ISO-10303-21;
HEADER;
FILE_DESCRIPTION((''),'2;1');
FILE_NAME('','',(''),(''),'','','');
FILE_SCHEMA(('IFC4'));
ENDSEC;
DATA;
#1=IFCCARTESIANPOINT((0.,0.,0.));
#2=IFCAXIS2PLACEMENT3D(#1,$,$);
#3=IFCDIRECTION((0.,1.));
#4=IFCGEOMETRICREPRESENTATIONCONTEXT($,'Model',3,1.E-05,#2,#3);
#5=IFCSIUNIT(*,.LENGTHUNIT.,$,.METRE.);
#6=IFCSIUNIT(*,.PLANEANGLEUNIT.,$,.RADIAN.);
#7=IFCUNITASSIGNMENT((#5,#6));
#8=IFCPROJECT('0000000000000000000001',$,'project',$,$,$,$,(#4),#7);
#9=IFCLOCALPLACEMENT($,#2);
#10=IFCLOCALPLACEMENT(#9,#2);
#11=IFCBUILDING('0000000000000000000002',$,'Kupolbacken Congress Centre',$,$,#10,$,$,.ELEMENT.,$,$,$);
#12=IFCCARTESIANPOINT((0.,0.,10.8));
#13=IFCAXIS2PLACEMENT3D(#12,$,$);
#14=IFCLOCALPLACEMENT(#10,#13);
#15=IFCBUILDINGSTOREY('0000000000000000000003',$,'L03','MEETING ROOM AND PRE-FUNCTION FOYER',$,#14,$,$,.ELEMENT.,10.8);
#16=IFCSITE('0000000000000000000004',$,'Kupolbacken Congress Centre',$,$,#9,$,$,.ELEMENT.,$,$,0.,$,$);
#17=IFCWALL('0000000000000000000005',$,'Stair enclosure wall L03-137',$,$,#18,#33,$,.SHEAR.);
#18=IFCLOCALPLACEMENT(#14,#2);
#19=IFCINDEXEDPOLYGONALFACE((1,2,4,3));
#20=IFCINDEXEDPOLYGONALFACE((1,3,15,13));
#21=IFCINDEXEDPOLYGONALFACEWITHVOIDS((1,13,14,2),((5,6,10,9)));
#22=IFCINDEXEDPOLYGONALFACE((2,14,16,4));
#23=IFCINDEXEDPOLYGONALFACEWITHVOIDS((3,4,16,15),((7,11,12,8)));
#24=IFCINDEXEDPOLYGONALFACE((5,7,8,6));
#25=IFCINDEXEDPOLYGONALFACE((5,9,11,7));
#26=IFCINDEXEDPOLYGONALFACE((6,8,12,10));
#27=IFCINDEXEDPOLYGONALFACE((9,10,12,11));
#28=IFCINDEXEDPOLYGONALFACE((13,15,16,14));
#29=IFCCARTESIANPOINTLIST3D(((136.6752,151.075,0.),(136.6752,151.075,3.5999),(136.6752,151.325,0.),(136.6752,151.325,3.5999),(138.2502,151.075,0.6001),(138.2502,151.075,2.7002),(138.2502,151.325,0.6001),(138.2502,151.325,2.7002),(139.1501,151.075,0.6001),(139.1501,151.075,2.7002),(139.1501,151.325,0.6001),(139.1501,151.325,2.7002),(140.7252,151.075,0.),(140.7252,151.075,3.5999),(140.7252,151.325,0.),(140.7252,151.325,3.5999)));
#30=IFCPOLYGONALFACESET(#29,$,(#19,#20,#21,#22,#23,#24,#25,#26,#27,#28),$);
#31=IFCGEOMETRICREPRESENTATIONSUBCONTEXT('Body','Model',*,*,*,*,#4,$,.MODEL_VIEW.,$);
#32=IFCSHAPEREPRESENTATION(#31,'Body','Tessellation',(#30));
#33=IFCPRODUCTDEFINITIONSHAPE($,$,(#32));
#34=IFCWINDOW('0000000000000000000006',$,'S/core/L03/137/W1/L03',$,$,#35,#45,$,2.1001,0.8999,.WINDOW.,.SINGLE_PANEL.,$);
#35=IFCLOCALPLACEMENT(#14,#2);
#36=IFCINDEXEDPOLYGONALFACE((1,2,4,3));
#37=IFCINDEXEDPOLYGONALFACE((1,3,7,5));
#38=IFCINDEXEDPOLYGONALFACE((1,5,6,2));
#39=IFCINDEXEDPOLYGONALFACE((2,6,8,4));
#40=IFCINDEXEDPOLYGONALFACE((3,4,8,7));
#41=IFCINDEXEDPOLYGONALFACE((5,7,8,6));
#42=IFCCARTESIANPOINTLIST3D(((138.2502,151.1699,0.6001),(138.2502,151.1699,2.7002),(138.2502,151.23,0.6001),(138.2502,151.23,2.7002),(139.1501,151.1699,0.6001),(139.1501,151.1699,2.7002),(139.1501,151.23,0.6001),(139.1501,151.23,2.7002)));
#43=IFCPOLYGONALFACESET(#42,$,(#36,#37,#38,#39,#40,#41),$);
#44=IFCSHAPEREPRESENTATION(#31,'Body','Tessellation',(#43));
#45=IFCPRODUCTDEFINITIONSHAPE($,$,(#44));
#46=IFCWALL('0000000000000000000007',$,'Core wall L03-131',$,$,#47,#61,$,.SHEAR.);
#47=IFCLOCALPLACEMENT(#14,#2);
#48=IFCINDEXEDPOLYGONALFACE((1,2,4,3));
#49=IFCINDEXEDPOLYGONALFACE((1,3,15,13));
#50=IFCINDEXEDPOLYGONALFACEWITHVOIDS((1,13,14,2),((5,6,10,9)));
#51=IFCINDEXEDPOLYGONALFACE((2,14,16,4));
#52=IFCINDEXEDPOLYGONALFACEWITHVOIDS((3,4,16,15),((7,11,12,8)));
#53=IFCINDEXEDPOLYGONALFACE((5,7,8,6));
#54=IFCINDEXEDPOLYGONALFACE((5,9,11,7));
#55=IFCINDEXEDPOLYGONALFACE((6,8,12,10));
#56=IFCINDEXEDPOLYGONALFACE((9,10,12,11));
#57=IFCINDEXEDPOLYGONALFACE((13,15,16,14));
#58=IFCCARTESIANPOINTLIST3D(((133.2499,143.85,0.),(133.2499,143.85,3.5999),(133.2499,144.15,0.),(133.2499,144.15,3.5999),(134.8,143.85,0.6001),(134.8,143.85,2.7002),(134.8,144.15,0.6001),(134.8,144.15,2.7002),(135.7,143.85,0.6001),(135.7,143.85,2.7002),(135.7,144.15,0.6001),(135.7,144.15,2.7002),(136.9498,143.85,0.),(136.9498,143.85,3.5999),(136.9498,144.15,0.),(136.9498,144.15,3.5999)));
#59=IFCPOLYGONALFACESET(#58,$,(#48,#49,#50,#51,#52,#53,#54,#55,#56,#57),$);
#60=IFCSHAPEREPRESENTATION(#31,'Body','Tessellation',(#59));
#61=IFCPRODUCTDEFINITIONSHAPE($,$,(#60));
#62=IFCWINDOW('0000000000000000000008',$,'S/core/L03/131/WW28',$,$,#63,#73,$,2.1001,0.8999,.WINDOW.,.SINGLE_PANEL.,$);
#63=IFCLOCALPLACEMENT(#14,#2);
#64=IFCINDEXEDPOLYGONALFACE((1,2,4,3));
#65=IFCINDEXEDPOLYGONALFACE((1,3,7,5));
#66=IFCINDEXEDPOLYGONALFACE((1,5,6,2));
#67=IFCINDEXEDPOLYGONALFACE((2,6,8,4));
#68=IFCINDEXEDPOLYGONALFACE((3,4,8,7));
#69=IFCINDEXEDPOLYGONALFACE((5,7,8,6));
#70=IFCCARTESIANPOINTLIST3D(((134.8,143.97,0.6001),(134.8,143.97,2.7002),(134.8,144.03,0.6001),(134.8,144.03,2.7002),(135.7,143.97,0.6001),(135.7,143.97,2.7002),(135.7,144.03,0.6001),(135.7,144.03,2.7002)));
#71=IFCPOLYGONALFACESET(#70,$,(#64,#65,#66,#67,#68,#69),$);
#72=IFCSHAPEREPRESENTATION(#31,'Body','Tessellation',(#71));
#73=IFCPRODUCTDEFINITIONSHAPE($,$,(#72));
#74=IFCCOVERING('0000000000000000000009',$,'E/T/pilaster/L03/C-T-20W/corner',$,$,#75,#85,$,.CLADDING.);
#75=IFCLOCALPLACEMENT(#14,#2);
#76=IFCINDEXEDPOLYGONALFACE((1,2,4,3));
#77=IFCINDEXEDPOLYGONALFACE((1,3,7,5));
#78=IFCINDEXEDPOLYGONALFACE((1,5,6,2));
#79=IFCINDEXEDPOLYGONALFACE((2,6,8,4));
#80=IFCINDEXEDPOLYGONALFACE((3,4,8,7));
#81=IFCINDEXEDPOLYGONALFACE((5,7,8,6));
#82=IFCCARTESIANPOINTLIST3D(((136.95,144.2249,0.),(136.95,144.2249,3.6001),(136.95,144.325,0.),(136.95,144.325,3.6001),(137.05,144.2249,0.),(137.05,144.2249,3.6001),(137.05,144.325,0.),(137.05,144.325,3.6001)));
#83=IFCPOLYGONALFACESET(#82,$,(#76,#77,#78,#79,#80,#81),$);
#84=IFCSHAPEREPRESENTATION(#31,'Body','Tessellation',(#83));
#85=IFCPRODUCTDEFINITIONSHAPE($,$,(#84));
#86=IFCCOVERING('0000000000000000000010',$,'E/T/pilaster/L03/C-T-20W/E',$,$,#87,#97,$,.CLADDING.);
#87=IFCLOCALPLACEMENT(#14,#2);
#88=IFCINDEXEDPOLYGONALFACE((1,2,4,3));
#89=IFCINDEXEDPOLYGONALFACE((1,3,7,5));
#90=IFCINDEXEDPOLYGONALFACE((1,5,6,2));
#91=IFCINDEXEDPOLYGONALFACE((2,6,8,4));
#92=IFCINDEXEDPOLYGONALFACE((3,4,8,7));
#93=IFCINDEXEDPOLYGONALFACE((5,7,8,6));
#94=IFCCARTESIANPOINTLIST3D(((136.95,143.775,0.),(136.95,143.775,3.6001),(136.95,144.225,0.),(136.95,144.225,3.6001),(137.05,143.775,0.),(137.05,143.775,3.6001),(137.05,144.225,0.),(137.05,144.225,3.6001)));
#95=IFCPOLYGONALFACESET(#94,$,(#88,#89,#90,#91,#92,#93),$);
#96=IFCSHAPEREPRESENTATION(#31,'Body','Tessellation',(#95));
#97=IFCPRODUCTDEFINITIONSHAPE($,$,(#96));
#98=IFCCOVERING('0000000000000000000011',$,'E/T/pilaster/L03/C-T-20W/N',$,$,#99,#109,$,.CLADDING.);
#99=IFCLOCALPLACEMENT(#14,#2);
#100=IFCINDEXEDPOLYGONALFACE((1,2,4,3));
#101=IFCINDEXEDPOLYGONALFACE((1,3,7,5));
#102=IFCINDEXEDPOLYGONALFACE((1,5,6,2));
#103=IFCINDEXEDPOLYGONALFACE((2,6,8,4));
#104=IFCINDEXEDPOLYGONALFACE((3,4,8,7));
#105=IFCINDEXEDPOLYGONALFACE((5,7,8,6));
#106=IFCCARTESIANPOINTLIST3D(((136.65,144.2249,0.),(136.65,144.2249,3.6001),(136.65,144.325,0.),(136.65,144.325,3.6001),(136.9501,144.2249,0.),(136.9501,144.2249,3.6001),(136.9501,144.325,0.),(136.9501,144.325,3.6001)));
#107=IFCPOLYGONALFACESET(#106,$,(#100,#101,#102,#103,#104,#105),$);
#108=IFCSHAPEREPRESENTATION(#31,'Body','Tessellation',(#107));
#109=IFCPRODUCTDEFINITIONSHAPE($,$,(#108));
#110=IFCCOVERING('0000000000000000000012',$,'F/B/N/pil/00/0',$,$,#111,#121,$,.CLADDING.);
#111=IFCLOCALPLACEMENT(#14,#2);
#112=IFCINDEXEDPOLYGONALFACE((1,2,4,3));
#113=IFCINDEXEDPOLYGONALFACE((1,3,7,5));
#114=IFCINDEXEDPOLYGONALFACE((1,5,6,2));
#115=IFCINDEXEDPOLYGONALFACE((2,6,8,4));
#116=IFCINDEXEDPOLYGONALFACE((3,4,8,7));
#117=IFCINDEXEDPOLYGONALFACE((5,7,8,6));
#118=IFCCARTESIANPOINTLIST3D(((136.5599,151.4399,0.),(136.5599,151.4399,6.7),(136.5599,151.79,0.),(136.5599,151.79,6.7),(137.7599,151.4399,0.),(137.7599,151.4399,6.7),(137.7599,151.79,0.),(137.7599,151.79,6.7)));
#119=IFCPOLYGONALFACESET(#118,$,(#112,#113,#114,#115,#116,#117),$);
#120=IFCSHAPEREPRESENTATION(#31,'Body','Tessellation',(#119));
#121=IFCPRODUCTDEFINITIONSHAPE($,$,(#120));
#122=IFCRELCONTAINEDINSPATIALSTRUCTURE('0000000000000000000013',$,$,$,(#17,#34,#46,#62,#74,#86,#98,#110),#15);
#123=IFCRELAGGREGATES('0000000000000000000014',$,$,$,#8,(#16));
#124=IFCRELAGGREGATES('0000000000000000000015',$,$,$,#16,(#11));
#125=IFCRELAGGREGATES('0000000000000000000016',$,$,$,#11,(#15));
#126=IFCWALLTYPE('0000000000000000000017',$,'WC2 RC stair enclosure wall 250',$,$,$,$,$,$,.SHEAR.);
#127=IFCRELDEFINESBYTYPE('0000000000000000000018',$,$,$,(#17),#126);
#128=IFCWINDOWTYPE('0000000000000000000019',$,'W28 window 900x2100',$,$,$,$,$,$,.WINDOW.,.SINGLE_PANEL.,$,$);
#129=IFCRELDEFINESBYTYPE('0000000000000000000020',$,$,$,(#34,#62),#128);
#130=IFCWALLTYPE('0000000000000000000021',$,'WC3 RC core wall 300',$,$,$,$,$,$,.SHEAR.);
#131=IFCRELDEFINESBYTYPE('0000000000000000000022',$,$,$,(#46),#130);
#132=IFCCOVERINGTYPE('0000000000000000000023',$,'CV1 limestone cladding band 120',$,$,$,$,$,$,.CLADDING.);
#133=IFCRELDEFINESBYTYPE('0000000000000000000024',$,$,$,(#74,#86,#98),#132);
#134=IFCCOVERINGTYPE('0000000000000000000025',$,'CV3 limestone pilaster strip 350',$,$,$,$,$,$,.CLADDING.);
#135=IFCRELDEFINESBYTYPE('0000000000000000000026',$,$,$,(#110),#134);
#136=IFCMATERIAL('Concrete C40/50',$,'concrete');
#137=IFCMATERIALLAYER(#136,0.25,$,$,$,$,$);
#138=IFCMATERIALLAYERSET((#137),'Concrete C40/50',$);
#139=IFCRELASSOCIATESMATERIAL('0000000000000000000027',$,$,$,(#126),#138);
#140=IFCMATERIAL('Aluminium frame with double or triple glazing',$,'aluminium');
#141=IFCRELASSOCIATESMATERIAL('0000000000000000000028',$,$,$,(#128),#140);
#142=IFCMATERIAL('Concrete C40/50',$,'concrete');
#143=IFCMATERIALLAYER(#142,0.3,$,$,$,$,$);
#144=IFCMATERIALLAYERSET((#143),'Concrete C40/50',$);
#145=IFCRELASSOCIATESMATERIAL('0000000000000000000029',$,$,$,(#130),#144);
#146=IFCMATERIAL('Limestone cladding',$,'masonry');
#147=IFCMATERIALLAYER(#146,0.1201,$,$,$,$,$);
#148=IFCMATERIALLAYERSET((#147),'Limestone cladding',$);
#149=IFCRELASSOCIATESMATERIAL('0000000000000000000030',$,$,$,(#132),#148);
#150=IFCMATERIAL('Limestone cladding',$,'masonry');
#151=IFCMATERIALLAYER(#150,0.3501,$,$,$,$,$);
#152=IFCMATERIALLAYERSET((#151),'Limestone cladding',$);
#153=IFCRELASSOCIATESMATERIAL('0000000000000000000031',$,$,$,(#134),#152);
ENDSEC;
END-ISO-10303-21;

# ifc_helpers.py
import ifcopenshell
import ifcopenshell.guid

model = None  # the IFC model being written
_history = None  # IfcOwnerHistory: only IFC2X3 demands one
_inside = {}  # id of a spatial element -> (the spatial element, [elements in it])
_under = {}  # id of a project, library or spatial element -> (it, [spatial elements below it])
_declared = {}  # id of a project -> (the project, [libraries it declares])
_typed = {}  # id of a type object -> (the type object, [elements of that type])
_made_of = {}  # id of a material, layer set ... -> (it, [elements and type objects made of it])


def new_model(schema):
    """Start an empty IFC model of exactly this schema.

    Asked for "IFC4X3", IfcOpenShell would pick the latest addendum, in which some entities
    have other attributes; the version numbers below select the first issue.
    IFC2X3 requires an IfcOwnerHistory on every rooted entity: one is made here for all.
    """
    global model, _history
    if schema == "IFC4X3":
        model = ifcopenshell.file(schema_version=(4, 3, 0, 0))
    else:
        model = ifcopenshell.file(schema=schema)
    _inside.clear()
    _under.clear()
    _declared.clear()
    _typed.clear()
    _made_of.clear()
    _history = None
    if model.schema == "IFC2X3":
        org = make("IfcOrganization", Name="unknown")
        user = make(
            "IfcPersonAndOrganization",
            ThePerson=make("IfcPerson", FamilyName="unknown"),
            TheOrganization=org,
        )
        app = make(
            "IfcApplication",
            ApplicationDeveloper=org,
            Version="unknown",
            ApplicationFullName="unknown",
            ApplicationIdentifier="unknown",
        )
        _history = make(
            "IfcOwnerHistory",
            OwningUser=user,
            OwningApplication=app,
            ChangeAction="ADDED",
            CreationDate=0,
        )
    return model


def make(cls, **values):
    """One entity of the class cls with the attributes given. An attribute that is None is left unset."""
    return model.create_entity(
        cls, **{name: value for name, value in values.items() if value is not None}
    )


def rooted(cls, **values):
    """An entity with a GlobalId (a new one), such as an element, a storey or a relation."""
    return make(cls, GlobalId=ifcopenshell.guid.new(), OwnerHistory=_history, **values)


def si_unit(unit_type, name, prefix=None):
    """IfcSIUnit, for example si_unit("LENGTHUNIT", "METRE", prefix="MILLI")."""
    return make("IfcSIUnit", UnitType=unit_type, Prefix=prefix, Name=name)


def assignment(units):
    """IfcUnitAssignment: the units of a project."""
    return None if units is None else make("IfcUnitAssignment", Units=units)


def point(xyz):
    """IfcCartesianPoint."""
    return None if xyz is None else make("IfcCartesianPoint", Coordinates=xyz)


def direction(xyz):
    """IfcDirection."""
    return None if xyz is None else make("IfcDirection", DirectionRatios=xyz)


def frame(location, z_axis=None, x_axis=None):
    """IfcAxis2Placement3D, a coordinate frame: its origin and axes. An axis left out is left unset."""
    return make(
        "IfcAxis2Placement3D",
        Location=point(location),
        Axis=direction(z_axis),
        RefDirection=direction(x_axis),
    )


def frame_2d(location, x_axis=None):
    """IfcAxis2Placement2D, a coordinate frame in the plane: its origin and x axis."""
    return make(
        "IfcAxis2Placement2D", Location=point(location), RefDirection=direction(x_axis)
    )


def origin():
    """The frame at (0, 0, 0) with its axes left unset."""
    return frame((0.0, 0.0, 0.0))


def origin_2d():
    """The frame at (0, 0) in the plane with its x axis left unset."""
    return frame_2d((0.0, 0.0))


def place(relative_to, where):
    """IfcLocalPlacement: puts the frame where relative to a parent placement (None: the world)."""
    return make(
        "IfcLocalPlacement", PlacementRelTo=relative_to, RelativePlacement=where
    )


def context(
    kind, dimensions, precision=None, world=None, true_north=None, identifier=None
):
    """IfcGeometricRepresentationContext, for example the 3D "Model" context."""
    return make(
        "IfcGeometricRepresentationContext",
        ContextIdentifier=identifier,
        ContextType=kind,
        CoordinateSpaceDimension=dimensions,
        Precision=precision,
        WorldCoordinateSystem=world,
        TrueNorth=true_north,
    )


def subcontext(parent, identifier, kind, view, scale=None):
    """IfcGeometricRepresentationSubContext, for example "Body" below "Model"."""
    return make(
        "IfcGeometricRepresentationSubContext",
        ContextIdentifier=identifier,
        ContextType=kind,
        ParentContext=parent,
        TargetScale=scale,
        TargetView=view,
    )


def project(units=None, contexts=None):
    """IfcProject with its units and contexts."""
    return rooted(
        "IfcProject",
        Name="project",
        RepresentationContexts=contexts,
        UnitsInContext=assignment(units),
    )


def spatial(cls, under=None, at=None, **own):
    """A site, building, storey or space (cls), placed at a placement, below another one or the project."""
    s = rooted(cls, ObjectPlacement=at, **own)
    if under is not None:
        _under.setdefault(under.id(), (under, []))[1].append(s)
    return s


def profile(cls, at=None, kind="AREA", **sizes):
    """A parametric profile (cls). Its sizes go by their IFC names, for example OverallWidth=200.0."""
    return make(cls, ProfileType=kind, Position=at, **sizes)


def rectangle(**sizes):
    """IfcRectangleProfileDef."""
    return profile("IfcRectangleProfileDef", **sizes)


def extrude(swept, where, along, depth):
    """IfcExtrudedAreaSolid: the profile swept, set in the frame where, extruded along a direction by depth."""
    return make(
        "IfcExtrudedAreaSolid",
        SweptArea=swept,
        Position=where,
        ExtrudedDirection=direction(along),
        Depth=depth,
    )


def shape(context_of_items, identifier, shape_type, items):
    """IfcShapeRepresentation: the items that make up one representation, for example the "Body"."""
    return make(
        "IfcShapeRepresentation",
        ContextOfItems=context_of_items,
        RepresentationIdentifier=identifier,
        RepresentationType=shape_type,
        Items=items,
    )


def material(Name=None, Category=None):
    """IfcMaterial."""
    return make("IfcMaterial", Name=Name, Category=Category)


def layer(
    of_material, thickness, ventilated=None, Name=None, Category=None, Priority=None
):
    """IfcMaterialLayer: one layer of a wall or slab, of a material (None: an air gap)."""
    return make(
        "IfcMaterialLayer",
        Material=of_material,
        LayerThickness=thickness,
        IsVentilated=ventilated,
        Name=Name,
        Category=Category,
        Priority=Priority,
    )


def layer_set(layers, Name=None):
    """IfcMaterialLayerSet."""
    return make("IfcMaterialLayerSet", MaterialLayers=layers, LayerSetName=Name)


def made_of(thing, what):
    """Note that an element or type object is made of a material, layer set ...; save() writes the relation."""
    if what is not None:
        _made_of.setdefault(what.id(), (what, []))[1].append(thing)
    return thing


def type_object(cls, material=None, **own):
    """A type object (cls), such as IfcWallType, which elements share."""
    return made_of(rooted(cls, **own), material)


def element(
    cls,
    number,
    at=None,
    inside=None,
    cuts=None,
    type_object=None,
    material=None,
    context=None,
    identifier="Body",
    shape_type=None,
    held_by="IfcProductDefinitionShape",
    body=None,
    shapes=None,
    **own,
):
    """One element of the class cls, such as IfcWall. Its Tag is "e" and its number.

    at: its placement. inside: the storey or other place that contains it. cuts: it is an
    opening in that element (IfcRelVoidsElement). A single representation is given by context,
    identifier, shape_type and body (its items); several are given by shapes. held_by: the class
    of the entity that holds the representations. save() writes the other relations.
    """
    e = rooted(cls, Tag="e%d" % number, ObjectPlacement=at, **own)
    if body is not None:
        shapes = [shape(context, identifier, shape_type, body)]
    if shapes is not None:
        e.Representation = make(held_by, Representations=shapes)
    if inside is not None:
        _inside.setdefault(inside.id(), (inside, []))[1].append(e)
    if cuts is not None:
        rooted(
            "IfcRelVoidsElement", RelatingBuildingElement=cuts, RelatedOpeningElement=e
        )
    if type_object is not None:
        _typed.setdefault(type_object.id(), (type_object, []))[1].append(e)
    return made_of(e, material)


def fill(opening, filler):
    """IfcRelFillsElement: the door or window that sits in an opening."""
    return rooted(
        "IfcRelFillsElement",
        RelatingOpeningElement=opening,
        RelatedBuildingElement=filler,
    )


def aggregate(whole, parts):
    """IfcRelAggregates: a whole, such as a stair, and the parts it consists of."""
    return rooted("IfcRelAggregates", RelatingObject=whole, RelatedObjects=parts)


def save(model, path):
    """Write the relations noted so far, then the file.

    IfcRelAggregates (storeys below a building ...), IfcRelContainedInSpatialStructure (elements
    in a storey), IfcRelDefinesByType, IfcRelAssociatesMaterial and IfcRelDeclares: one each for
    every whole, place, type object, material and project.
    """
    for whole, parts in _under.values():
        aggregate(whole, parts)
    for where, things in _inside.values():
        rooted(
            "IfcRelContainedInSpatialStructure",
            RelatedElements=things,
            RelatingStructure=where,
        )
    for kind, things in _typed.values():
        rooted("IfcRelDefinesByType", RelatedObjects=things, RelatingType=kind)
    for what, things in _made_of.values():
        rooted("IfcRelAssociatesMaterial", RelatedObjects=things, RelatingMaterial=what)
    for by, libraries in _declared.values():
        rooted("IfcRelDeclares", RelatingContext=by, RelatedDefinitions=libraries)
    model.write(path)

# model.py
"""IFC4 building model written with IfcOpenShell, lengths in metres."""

from ifc_helpers import new_model, si_unit, direction, frame, frame_2d, origin, origin_2d, place, context, subcontext, project, spatial, rectangle, extrude, material, layer, layer_set, type_object, element, fill, save


model = new_model("IFC4")

# Units and contexts
model_context = context("Model", 3, precision=1e-05, world=origin(), true_north=direction((0.0, 1.0)))
body_context = subcontext(model_context, "Body", "Model", "MODEL_VIEW")
ifc_project = project(units=[si_unit("LENGTHUNIT", "METRE"), si_unit("PLANEANGLEUNIT", "RADIAN")], contexts=[model_context])

# Site, building, storey
site_placement = place(None, origin())
site = spatial("IfcSite", under=ifc_project, at=site_placement, Name="Kupolbacken Congress Centre", CompositionType="ELEMENT", RefElevation=0.0)
building_placement = place(site_placement, origin())
building = spatial("IfcBuilding", under=site, at=building_placement, Name="Kupolbacken Congress Centre", CompositionType="ELEMENT")
storey_placement = place(building_placement, frame((0.0, 0.0, 10.8)))
storey = spatial("IfcBuildingStorey", under=building, at=storey_placement, Name="L03", Description="MEETING ROOM AND PRE-FUNCTION FOYER", CompositionType="ELEMENT", Elevation=10.8)

# Shared definitions
ifc_material_1 = material(Name="Concrete C40/50", Category="concrete")
ifc_layer_1 = layer(ifc_material_1, 0.25)
ifc_layer_set_1 = layer_set([ifc_layer_1], Name="Concrete C40/50")
wall_type_1 = type_object("IfcWallType", Name="WC2 RC stair enclosure wall 250", PredefinedType="SHEAR", material=ifc_layer_set_1)

# Walls, openings, windows
ifc_material_2 = material(Name="Aluminium frame with double or triple glazing", Category="aluminium")
window_type = type_object("IfcWindowType", Name="W28 window 900x2100", PartitioningType="SINGLE_PANEL", PredefinedType="WINDOW", material=ifc_material_2)
wall_1_placement = place(storey_placement, frame((140.7251, 151.2, 0.0), z_axis=(0.0, 0.0, 1.0), x_axis=(-1.0, 0.0, 0.0)))
wall_1 = element("IfcWall", 1, at=wall_1_placement, inside=storey, type_object=wall_type_1, Name="Stair enclosure wall L03-137", PredefinedType="SHEAR", context=body_context, shape_type="SweptSolid", body=[
    extrude(rectangle(XDim=4.05, YDim=0.25, at=frame_2d((2.0249, 0.0))), origin(), (0.0, 0.0, 1.0), 3.5999),
])
opening_1_placement = place(wall_1_placement, frame((1.575, 0.0, 0.6001)))
opening_1 = element("IfcOpeningElement", 2, at=opening_1_placement, cuts=wall_1, PredefinedType="OPENING", context=body_context, shape_type="SweptSolid", body=[
    extrude(rectangle(XDim=0.8999, YDim=2.1001, at=frame_2d((0.45, 1.05))), frame((0.0, 0.135, 0.0), z_axis=(0.0, -1.0, 0.0), x_axis=(1.0, 0.0, 0.0)), (0.0, 0.0, 1.0), 0.27),
])
window_1_placement = place(opening_1_placement, origin())
window_1 = element("IfcWindow", 3, at=window_1_placement, inside=storey, type_object=window_type, Name="S/core/L03/137/W1/L03", OverallHeight=2.1001, OverallWidth=0.8999, PartitioningType="SINGLE_PANEL", PredefinedType="WINDOW", context=body_context, shape_type="SweptSolid", body=[
    extrude(rectangle(XDim=0.8999, YDim=2.1001, at=frame_2d((0.45, 1.05))), frame((0.0, 0.03, 0.0), z_axis=(0.0, -1.0, 0.0), x_axis=(1.0, 0.0, 0.0)), (0.0, 0.0, 1.0), 0.0601),
])
fill(opening_1, window_1)
ifc_material_3 = material(Name="Concrete C40/50", Category="concrete")
ifc_layer_2 = layer(ifc_material_3, 0.3)
ifc_layer_set_2 = layer_set([ifc_layer_2], Name="Concrete C40/50")
wall_type_2 = type_object("IfcWallType", Name="WC3 RC core wall 300", PredefinedType="SHEAR", material=ifc_layer_set_2)
wall_2_placement = place(storey_placement, frame((136.95, 144.0, 0.0), z_axis=(0.0, 0.0, 1.0), x_axis=(-1.0, 0.0, 0.0)))
wall_2 = element("IfcWall", 4, at=wall_2_placement, inside=storey, type_object=wall_type_2, Name="Core wall L03-131", PredefinedType="SHEAR", context=body_context, shape_type="SweptSolid", body=[
    extrude(rectangle(XDim=3.7, YDim=0.3, at=frame_2d((1.8501, 0.0))), origin(), (0.0, 0.0, 1.0), 3.5999),
])
opening_2_placement = place(wall_2_placement, frame((1.25, 0.0, 0.6001)))
opening_2 = element("IfcOpeningElement", 5, at=opening_2_placement, cuts=wall_2, PredefinedType="OPENING", context=body_context, shape_type="SweptSolid", body=[
    extrude(rectangle(XDim=0.8999, YDim=2.1001, at=frame_2d((0.45, 1.05))), frame((0.0, 0.1599, 0.0), z_axis=(0.0, -1.0, 0.0), x_axis=(1.0, 0.0, 0.0)), (0.0, 0.0, 1.0), 0.3201),
])
window_2_placement = place(opening_2_placement, origin())
window_2 = element("IfcWindow", 6, at=window_2_placement, inside=storey, type_object=window_type, Name="S/core/L03/131/WW28", OverallHeight=2.1001, OverallWidth=0.8999, PartitioningType="SINGLE_PANEL", PredefinedType="WINDOW", context=body_context, shape_type="SweptSolid", body=[
    extrude(rectangle(XDim=0.8999, YDim=2.1001, at=frame_2d((0.45, 1.05))), frame((0.0, 0.03, 0.0), z_axis=(0.0, -1.0, 0.0), x_axis=(1.0, 0.0, 0.0)), (0.0, 0.0, 1.0), 0.0601),
])
fill(opening_2, window_2)

# Coverings
ifc_material_4 = material(Name="Limestone cladding", Category="masonry")
ifc_layer_3 = layer(ifc_material_4, 0.1201)
ifc_layer_set_3 = layer_set([ifc_layer_3], Name="Limestone cladding")
covering_type_1 = type_object("IfcCoveringType", Name="CV1 limestone cladding band 120", PredefinedType="CLADDING", material=ifc_layer_set_3)
covering_1_placement = place(storey_placement, frame((137.0, 144.2749, 0.0), z_axis=(0.0, 0.0, 1.0), x_axis=(1.0, 0.0, 0.0)))
element("IfcCovering", 7, at=covering_1_placement, inside=storey, type_object=covering_type_1, Name="E/T/pilaster/L03/C-T-20W/corner", PredefinedType="CLADDING", context=body_context, shape_type="SweptSolid", body=[
    extrude(rectangle(XDim=0.1001, YDim=0.1001, at=origin_2d()), origin(), (0.0, 0.0, 1.0), 3.6001),
])
covering_2_placement = place(storey_placement, frame((137.0, 144.0, 0.0), z_axis=(0.0, 0.0, 1.0), x_axis=(1.0, 0.0, 0.0)))
element("IfcCovering", 8, at=covering_2_placement, inside=storey, type_object=covering_type_1, Name="E/T/pilaster/L03/C-T-20W/E", PredefinedType="CLADDING", context=body_context, shape_type="SweptSolid", body=[
    extrude(rectangle(XDim=0.1001, YDim=0.45, at=origin_2d()), origin(), (0.0, 0.0, 1.0), 3.6001),
])
covering_3_placement = place(storey_placement, frame((136.8, 144.2749, 0.0), z_axis=(0.0, 0.0, 1.0), x_axis=(1.0, 0.0, 0.0)))
element("IfcCovering", 9, at=covering_3_placement, inside=storey, type_object=covering_type_1, Name="E/T/pilaster/L03/C-T-20W/N", PredefinedType="CLADDING", context=body_context, shape_type="SweptSolid", body=[
    extrude(rectangle(XDim=0.3, YDim=0.1001, at=origin_2d()), origin(), (0.0, 0.0, 1.0), 3.6001),
])
ifc_material_5 = material(Name="Limestone cladding", Category="masonry")
ifc_layer_4 = layer(ifc_material_5, 0.3501)
ifc_layer_set_4 = layer_set([ifc_layer_4], Name="Limestone cladding")
covering_type_2 = type_object("IfcCoveringType", Name="CV3 limestone pilaster strip 350", PredefinedType="CLADDING", material=ifc_layer_set_4)
covering_4_placement = place(storey_placement, frame((137.1599, 151.615, 0.0), z_axis=(0.0, 0.0, 1.0), x_axis=(1.0, 0.0, 0.0)))
element("IfcCovering", 10, at=covering_4_placement, inside=storey, type_object=covering_type_2, Name="F/B/N/pil/00/0", PredefinedType="CLADDING", context=body_context, shape_type="SweptSolid", body=[
    extrude(rectangle(XDim=1.2, YDim=0.3501, at=origin_2d()), origin(), (0.0, 0.0, 1.0), 6.7),
])

save(model, "model.ifc")
